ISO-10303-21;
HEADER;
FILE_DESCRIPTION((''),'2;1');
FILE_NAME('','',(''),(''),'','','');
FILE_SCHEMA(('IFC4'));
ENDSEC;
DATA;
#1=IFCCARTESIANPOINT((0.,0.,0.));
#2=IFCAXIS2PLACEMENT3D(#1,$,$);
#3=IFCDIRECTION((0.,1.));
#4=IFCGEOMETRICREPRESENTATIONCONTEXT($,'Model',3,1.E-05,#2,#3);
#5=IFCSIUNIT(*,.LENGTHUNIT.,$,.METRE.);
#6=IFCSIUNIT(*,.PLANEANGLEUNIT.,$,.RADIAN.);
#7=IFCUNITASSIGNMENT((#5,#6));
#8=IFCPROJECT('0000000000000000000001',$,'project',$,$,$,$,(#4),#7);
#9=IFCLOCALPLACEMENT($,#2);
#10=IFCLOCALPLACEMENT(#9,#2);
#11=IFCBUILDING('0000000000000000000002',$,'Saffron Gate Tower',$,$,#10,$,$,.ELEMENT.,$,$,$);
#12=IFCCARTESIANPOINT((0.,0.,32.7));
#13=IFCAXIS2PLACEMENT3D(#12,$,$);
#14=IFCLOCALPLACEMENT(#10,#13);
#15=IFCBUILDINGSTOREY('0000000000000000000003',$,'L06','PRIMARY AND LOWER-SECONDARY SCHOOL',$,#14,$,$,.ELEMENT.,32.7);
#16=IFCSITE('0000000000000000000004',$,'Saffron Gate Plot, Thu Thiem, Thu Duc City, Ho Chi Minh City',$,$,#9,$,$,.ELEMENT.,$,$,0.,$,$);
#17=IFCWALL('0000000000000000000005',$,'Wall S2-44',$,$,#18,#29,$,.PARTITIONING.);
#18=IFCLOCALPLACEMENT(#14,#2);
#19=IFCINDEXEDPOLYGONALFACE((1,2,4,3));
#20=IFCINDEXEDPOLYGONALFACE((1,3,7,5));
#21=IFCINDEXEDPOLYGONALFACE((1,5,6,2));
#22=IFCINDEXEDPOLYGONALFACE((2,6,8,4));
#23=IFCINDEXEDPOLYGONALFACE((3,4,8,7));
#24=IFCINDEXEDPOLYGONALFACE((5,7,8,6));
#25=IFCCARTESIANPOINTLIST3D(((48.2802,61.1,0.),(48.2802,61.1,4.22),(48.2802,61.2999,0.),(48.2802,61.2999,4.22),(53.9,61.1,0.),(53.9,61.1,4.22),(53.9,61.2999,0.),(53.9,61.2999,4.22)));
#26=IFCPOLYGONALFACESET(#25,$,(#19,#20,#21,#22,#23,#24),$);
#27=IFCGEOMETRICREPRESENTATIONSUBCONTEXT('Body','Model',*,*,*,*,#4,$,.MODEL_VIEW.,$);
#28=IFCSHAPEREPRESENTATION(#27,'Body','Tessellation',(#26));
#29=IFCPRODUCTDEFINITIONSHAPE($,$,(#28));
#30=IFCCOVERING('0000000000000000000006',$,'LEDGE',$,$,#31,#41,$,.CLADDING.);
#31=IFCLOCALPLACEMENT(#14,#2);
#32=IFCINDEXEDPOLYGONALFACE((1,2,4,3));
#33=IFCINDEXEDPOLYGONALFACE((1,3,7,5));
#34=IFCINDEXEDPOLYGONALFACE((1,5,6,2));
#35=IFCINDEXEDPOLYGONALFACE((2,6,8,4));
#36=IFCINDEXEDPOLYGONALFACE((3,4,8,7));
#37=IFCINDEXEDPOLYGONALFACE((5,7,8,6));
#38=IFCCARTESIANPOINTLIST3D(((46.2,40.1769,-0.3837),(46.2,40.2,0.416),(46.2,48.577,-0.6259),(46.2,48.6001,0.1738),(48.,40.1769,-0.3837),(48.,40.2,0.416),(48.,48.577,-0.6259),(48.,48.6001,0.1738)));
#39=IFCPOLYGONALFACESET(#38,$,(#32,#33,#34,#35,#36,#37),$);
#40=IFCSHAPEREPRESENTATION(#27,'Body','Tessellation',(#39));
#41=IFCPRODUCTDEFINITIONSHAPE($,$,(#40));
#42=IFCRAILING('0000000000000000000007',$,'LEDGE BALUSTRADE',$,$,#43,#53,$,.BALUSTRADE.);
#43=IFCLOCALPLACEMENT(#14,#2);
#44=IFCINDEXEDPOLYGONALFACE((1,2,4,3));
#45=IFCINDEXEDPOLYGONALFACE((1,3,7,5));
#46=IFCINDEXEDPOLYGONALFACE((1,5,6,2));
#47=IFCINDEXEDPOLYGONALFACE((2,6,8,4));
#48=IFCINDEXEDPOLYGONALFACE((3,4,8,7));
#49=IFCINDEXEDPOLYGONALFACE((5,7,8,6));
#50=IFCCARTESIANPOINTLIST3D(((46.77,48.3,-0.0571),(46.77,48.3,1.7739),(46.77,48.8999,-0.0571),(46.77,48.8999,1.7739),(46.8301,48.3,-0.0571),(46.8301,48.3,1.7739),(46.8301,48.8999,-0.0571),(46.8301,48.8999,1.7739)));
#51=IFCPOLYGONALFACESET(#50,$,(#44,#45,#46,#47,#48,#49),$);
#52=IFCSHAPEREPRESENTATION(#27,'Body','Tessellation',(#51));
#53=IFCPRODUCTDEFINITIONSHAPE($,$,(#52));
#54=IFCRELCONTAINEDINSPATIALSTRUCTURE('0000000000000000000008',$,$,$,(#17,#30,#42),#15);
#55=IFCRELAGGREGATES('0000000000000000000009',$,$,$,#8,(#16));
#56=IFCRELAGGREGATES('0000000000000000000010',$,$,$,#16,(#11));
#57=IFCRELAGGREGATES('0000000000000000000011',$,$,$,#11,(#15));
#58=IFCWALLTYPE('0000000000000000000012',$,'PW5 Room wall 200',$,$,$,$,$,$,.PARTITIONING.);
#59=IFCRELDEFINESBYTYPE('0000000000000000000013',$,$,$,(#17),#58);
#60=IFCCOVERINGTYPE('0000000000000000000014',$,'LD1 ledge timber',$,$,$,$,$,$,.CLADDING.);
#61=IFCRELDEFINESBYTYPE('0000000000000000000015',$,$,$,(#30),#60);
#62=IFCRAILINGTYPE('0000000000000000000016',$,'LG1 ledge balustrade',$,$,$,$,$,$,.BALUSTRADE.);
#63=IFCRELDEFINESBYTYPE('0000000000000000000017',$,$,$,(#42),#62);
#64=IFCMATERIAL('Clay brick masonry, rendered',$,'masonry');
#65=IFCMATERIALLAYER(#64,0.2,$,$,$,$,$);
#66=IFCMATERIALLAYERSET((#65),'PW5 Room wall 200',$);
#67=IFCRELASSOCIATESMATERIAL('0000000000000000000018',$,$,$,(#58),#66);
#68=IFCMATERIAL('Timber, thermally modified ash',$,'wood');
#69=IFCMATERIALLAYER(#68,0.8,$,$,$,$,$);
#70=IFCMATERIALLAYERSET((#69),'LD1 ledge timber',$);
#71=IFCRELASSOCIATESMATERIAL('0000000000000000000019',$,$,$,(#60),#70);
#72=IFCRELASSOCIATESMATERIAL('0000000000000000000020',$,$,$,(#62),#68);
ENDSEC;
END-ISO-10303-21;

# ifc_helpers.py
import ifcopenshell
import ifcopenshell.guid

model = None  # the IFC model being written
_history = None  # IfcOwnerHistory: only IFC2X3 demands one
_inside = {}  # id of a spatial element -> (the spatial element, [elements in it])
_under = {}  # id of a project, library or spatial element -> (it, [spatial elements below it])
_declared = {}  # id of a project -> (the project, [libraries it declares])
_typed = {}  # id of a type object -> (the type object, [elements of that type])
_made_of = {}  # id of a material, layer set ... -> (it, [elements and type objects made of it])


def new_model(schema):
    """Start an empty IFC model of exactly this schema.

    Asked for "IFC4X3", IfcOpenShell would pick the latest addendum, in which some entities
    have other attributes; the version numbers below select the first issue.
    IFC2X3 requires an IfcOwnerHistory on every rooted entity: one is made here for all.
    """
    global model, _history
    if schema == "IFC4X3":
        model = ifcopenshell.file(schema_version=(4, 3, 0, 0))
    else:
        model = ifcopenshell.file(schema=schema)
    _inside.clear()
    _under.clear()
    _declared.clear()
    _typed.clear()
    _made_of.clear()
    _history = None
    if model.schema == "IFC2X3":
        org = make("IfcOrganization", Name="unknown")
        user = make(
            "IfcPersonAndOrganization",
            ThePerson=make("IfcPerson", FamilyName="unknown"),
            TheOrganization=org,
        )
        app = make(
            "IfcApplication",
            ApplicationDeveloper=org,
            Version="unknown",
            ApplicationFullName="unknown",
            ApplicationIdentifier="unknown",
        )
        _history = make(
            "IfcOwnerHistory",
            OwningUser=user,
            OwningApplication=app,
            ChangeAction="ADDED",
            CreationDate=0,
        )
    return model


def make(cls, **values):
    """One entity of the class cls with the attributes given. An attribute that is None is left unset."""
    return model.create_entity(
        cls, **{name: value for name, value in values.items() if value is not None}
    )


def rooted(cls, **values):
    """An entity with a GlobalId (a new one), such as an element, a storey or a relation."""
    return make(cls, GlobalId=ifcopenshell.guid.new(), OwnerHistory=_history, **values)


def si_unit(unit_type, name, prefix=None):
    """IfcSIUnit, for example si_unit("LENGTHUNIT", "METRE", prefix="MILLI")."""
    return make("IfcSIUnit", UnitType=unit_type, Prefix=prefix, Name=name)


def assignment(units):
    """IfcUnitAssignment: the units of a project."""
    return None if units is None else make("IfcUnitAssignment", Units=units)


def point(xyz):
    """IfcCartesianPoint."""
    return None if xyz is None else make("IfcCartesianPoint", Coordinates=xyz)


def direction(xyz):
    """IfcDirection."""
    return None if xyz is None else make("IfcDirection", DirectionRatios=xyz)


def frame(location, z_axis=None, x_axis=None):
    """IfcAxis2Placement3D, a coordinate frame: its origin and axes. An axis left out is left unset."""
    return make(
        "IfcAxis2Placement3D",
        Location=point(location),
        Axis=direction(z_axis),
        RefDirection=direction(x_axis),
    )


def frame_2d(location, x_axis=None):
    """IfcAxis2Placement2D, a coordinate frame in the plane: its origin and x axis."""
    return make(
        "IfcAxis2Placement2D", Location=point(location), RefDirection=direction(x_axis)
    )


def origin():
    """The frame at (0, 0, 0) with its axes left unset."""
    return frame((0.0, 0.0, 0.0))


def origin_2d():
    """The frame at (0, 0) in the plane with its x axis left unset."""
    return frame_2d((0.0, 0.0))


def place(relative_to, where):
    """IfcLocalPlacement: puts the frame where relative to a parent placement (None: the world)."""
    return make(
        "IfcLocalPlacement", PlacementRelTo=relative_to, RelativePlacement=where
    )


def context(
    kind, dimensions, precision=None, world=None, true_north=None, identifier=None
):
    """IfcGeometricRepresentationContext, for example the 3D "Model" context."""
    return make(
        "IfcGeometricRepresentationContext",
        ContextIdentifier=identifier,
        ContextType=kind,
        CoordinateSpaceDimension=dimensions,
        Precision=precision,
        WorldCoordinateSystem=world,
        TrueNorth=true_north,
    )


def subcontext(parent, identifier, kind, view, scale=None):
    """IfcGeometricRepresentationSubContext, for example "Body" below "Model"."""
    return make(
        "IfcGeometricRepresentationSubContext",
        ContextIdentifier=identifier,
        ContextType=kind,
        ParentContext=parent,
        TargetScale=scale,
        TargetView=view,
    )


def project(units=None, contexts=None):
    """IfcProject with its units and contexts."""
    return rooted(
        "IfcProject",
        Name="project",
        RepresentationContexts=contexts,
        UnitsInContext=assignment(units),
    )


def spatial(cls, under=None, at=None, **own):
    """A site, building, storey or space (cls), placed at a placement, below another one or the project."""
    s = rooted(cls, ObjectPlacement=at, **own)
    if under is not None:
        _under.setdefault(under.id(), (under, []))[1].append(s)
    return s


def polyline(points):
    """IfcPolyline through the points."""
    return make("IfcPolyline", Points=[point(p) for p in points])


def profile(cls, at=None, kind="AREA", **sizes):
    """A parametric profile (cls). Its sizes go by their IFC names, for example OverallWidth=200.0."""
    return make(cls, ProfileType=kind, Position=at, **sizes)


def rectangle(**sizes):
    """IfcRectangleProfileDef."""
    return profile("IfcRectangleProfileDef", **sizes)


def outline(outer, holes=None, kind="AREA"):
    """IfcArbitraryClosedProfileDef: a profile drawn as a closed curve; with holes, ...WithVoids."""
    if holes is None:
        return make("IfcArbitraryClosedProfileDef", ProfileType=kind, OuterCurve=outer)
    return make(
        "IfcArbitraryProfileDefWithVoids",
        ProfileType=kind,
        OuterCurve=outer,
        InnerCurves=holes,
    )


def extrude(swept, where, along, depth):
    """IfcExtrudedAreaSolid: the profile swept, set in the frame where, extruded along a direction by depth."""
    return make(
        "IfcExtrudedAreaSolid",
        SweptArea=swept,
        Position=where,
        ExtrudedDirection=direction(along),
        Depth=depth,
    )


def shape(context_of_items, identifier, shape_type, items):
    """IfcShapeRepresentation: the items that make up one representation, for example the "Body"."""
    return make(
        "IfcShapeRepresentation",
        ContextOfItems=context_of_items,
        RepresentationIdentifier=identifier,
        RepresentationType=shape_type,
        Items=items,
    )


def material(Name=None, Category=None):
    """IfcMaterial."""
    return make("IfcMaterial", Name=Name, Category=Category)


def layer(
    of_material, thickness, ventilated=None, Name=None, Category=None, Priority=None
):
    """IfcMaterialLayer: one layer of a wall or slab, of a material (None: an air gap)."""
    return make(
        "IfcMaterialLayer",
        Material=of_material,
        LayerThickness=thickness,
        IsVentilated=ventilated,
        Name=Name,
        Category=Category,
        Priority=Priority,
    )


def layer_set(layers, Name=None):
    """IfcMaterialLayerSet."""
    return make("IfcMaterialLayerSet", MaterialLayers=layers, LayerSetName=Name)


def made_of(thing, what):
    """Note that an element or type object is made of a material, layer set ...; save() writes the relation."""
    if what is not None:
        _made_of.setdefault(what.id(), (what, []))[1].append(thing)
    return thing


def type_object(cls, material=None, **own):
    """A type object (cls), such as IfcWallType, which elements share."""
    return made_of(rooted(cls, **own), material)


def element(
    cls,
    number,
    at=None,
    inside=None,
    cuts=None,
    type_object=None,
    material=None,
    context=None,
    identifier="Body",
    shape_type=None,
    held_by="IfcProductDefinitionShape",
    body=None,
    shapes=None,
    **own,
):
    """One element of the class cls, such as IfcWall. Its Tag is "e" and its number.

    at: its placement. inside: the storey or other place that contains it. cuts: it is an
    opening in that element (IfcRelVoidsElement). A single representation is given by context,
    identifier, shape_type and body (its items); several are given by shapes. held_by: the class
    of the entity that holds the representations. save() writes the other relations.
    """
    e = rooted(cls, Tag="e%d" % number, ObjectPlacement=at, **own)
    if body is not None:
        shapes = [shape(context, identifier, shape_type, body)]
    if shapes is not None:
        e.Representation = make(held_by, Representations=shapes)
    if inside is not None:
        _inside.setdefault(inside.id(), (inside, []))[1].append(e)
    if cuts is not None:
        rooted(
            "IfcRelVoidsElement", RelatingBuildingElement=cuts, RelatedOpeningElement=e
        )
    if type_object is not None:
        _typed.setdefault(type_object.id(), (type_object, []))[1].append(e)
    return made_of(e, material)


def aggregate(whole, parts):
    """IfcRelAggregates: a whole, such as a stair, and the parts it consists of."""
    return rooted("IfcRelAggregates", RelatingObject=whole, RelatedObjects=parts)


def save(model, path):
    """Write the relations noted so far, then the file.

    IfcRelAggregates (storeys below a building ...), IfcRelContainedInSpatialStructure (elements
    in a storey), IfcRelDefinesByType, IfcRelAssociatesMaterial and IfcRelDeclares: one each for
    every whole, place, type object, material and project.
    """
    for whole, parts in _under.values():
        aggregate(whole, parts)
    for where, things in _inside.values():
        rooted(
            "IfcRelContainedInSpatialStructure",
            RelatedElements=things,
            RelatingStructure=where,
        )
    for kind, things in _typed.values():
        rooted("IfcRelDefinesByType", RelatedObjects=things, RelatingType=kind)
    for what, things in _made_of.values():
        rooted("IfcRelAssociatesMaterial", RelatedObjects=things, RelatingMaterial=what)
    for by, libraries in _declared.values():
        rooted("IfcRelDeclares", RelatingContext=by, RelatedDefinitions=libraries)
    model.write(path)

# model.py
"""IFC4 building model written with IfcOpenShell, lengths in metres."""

from ifc_helpers import new_model, si_unit, direction, frame, frame_2d, origin, origin_2d, place, context, subcontext, project, spatial, polyline, rectangle, outline, extrude, material, layer, layer_set, type_object, element, save


model = new_model("IFC4")

# Units and contexts
model_context = context("Model", 3, precision=1e-05, world=origin(), true_north=direction((0.0, 1.0)))
body_context = subcontext(model_context, "Body", "Model", "MODEL_VIEW")
ifc_project = project(units=[si_unit("LENGTHUNIT", "METRE"), si_unit("PLANEANGLEUNIT", "RADIAN")], contexts=[model_context])

# Site, building, storey
site_placement = place(None, origin())
site = spatial("IfcSite", under=ifc_project, at=site_placement, Name="Saffron Gate Plot, Thu Thiem, Thu Duc City, Ho Chi Minh City", CompositionType="ELEMENT", RefElevation=0.0)
building_placement = place(site_placement, origin())
building = spatial("IfcBuilding", under=site, at=building_placement, Name="Saffron Gate Tower", CompositionType="ELEMENT")
storey_placement = place(building_placement, frame((0.0, 0.0, 32.7)))
storey = spatial("IfcBuildingStorey", under=building, at=storey_placement, Name="L06", Description="PRIMARY AND LOWER-SECONDARY SCHOOL", CompositionType="ELEMENT", Elevation=32.7)

# Wall
ifc_material_1 = material(Name="Clay brick masonry, rendered", Category="masonry")
ifc_layer_1 = layer(ifc_material_1, 0.2)
ifc_layer_set_1 = layer_set([ifc_layer_1], Name="PW5 Room wall 200")
wall_type_1 = type_object("IfcWallType", Name="PW5 Room wall 200", PredefinedType="PARTITIONING", material=ifc_layer_set_1)
wall_1_placement = place(storey_placement, frame((48.28, 61.2, 0.0), z_axis=(0.0, 0.0, 1.0), x_axis=(1.0, 0.0, 0.0)))
element("IfcWall", 1, at=wall_1_placement, inside=storey, type_object=wall_type_1, Name="Wall S2-44", PredefinedType="PARTITIONING", context=body_context, shape_type="SweptSolid", body=[
    extrude(rectangle(XDim=5.6199, YDim=0.2, at=frame_2d((2.8101, 0.0))), origin(), (0.0, 0.0, 1.0), 4.22),
])

# Covering
ifc_material_2 = material(Name="Timber, thermally modified ash", Category="wood")
ifc_layer_2 = layer(ifc_material_2, 0.8)
ifc_layer_set_2 = layer_set([ifc_layer_2], Name="LD1 ledge timber")
covering_type = type_object("IfcCoveringType", Name="LD1 ledge timber", PredefinedType="CLADDING", material=ifc_layer_set_2)
covering_placement = place(storey_placement, frame((48.0, 48.6001, 0.1738), z_axis=(0.0, 0.028819, 0.999585), x_axis=(0.0, -0.999585, 0.028819)))
element("IfcCovering", 2, at=covering_placement, inside=storey, type_object=covering_type, Name="LEDGE", PredefinedType="CLADDING", context=body_context, shape_type="SweptSolid", body=[
    extrude(outline(polyline([(0.0, 0.0), (8.4036, 0.0), (8.4036, -1.8), (0.0, -1.8), (0.0, 0.0)])), origin(), (0.0, 0.0, -1.0), 0.8),
])

# Railing
railing_type = type_object("IfcRailingType", Name="LG1 ledge balustrade", PredefinedType="BALUSTRADE", material=ifc_material_2)
railing_placement = place(storey_placement, frame((46.8, 48.8999, -0.0571)))
element("IfcRailing", 3, at=railing_placement, inside=storey, type_object=railing_type, Name="LEDGE BALUSTRADE", PredefinedType="BALUSTRADE", context=body_context, shape_type="SweptSolid", body=[
    extrude(rectangle(XDim=0.0601, YDim=1.8311, at=origin_2d()), frame((0.0, 0.0, 0.9155), z_axis=(0.0, -1.0, 0.0), x_axis=(1.0, 0.0, 0.0)), (0.0, 0.0, 1.0), 0.5999),
])

save(model, "model.ifc")
